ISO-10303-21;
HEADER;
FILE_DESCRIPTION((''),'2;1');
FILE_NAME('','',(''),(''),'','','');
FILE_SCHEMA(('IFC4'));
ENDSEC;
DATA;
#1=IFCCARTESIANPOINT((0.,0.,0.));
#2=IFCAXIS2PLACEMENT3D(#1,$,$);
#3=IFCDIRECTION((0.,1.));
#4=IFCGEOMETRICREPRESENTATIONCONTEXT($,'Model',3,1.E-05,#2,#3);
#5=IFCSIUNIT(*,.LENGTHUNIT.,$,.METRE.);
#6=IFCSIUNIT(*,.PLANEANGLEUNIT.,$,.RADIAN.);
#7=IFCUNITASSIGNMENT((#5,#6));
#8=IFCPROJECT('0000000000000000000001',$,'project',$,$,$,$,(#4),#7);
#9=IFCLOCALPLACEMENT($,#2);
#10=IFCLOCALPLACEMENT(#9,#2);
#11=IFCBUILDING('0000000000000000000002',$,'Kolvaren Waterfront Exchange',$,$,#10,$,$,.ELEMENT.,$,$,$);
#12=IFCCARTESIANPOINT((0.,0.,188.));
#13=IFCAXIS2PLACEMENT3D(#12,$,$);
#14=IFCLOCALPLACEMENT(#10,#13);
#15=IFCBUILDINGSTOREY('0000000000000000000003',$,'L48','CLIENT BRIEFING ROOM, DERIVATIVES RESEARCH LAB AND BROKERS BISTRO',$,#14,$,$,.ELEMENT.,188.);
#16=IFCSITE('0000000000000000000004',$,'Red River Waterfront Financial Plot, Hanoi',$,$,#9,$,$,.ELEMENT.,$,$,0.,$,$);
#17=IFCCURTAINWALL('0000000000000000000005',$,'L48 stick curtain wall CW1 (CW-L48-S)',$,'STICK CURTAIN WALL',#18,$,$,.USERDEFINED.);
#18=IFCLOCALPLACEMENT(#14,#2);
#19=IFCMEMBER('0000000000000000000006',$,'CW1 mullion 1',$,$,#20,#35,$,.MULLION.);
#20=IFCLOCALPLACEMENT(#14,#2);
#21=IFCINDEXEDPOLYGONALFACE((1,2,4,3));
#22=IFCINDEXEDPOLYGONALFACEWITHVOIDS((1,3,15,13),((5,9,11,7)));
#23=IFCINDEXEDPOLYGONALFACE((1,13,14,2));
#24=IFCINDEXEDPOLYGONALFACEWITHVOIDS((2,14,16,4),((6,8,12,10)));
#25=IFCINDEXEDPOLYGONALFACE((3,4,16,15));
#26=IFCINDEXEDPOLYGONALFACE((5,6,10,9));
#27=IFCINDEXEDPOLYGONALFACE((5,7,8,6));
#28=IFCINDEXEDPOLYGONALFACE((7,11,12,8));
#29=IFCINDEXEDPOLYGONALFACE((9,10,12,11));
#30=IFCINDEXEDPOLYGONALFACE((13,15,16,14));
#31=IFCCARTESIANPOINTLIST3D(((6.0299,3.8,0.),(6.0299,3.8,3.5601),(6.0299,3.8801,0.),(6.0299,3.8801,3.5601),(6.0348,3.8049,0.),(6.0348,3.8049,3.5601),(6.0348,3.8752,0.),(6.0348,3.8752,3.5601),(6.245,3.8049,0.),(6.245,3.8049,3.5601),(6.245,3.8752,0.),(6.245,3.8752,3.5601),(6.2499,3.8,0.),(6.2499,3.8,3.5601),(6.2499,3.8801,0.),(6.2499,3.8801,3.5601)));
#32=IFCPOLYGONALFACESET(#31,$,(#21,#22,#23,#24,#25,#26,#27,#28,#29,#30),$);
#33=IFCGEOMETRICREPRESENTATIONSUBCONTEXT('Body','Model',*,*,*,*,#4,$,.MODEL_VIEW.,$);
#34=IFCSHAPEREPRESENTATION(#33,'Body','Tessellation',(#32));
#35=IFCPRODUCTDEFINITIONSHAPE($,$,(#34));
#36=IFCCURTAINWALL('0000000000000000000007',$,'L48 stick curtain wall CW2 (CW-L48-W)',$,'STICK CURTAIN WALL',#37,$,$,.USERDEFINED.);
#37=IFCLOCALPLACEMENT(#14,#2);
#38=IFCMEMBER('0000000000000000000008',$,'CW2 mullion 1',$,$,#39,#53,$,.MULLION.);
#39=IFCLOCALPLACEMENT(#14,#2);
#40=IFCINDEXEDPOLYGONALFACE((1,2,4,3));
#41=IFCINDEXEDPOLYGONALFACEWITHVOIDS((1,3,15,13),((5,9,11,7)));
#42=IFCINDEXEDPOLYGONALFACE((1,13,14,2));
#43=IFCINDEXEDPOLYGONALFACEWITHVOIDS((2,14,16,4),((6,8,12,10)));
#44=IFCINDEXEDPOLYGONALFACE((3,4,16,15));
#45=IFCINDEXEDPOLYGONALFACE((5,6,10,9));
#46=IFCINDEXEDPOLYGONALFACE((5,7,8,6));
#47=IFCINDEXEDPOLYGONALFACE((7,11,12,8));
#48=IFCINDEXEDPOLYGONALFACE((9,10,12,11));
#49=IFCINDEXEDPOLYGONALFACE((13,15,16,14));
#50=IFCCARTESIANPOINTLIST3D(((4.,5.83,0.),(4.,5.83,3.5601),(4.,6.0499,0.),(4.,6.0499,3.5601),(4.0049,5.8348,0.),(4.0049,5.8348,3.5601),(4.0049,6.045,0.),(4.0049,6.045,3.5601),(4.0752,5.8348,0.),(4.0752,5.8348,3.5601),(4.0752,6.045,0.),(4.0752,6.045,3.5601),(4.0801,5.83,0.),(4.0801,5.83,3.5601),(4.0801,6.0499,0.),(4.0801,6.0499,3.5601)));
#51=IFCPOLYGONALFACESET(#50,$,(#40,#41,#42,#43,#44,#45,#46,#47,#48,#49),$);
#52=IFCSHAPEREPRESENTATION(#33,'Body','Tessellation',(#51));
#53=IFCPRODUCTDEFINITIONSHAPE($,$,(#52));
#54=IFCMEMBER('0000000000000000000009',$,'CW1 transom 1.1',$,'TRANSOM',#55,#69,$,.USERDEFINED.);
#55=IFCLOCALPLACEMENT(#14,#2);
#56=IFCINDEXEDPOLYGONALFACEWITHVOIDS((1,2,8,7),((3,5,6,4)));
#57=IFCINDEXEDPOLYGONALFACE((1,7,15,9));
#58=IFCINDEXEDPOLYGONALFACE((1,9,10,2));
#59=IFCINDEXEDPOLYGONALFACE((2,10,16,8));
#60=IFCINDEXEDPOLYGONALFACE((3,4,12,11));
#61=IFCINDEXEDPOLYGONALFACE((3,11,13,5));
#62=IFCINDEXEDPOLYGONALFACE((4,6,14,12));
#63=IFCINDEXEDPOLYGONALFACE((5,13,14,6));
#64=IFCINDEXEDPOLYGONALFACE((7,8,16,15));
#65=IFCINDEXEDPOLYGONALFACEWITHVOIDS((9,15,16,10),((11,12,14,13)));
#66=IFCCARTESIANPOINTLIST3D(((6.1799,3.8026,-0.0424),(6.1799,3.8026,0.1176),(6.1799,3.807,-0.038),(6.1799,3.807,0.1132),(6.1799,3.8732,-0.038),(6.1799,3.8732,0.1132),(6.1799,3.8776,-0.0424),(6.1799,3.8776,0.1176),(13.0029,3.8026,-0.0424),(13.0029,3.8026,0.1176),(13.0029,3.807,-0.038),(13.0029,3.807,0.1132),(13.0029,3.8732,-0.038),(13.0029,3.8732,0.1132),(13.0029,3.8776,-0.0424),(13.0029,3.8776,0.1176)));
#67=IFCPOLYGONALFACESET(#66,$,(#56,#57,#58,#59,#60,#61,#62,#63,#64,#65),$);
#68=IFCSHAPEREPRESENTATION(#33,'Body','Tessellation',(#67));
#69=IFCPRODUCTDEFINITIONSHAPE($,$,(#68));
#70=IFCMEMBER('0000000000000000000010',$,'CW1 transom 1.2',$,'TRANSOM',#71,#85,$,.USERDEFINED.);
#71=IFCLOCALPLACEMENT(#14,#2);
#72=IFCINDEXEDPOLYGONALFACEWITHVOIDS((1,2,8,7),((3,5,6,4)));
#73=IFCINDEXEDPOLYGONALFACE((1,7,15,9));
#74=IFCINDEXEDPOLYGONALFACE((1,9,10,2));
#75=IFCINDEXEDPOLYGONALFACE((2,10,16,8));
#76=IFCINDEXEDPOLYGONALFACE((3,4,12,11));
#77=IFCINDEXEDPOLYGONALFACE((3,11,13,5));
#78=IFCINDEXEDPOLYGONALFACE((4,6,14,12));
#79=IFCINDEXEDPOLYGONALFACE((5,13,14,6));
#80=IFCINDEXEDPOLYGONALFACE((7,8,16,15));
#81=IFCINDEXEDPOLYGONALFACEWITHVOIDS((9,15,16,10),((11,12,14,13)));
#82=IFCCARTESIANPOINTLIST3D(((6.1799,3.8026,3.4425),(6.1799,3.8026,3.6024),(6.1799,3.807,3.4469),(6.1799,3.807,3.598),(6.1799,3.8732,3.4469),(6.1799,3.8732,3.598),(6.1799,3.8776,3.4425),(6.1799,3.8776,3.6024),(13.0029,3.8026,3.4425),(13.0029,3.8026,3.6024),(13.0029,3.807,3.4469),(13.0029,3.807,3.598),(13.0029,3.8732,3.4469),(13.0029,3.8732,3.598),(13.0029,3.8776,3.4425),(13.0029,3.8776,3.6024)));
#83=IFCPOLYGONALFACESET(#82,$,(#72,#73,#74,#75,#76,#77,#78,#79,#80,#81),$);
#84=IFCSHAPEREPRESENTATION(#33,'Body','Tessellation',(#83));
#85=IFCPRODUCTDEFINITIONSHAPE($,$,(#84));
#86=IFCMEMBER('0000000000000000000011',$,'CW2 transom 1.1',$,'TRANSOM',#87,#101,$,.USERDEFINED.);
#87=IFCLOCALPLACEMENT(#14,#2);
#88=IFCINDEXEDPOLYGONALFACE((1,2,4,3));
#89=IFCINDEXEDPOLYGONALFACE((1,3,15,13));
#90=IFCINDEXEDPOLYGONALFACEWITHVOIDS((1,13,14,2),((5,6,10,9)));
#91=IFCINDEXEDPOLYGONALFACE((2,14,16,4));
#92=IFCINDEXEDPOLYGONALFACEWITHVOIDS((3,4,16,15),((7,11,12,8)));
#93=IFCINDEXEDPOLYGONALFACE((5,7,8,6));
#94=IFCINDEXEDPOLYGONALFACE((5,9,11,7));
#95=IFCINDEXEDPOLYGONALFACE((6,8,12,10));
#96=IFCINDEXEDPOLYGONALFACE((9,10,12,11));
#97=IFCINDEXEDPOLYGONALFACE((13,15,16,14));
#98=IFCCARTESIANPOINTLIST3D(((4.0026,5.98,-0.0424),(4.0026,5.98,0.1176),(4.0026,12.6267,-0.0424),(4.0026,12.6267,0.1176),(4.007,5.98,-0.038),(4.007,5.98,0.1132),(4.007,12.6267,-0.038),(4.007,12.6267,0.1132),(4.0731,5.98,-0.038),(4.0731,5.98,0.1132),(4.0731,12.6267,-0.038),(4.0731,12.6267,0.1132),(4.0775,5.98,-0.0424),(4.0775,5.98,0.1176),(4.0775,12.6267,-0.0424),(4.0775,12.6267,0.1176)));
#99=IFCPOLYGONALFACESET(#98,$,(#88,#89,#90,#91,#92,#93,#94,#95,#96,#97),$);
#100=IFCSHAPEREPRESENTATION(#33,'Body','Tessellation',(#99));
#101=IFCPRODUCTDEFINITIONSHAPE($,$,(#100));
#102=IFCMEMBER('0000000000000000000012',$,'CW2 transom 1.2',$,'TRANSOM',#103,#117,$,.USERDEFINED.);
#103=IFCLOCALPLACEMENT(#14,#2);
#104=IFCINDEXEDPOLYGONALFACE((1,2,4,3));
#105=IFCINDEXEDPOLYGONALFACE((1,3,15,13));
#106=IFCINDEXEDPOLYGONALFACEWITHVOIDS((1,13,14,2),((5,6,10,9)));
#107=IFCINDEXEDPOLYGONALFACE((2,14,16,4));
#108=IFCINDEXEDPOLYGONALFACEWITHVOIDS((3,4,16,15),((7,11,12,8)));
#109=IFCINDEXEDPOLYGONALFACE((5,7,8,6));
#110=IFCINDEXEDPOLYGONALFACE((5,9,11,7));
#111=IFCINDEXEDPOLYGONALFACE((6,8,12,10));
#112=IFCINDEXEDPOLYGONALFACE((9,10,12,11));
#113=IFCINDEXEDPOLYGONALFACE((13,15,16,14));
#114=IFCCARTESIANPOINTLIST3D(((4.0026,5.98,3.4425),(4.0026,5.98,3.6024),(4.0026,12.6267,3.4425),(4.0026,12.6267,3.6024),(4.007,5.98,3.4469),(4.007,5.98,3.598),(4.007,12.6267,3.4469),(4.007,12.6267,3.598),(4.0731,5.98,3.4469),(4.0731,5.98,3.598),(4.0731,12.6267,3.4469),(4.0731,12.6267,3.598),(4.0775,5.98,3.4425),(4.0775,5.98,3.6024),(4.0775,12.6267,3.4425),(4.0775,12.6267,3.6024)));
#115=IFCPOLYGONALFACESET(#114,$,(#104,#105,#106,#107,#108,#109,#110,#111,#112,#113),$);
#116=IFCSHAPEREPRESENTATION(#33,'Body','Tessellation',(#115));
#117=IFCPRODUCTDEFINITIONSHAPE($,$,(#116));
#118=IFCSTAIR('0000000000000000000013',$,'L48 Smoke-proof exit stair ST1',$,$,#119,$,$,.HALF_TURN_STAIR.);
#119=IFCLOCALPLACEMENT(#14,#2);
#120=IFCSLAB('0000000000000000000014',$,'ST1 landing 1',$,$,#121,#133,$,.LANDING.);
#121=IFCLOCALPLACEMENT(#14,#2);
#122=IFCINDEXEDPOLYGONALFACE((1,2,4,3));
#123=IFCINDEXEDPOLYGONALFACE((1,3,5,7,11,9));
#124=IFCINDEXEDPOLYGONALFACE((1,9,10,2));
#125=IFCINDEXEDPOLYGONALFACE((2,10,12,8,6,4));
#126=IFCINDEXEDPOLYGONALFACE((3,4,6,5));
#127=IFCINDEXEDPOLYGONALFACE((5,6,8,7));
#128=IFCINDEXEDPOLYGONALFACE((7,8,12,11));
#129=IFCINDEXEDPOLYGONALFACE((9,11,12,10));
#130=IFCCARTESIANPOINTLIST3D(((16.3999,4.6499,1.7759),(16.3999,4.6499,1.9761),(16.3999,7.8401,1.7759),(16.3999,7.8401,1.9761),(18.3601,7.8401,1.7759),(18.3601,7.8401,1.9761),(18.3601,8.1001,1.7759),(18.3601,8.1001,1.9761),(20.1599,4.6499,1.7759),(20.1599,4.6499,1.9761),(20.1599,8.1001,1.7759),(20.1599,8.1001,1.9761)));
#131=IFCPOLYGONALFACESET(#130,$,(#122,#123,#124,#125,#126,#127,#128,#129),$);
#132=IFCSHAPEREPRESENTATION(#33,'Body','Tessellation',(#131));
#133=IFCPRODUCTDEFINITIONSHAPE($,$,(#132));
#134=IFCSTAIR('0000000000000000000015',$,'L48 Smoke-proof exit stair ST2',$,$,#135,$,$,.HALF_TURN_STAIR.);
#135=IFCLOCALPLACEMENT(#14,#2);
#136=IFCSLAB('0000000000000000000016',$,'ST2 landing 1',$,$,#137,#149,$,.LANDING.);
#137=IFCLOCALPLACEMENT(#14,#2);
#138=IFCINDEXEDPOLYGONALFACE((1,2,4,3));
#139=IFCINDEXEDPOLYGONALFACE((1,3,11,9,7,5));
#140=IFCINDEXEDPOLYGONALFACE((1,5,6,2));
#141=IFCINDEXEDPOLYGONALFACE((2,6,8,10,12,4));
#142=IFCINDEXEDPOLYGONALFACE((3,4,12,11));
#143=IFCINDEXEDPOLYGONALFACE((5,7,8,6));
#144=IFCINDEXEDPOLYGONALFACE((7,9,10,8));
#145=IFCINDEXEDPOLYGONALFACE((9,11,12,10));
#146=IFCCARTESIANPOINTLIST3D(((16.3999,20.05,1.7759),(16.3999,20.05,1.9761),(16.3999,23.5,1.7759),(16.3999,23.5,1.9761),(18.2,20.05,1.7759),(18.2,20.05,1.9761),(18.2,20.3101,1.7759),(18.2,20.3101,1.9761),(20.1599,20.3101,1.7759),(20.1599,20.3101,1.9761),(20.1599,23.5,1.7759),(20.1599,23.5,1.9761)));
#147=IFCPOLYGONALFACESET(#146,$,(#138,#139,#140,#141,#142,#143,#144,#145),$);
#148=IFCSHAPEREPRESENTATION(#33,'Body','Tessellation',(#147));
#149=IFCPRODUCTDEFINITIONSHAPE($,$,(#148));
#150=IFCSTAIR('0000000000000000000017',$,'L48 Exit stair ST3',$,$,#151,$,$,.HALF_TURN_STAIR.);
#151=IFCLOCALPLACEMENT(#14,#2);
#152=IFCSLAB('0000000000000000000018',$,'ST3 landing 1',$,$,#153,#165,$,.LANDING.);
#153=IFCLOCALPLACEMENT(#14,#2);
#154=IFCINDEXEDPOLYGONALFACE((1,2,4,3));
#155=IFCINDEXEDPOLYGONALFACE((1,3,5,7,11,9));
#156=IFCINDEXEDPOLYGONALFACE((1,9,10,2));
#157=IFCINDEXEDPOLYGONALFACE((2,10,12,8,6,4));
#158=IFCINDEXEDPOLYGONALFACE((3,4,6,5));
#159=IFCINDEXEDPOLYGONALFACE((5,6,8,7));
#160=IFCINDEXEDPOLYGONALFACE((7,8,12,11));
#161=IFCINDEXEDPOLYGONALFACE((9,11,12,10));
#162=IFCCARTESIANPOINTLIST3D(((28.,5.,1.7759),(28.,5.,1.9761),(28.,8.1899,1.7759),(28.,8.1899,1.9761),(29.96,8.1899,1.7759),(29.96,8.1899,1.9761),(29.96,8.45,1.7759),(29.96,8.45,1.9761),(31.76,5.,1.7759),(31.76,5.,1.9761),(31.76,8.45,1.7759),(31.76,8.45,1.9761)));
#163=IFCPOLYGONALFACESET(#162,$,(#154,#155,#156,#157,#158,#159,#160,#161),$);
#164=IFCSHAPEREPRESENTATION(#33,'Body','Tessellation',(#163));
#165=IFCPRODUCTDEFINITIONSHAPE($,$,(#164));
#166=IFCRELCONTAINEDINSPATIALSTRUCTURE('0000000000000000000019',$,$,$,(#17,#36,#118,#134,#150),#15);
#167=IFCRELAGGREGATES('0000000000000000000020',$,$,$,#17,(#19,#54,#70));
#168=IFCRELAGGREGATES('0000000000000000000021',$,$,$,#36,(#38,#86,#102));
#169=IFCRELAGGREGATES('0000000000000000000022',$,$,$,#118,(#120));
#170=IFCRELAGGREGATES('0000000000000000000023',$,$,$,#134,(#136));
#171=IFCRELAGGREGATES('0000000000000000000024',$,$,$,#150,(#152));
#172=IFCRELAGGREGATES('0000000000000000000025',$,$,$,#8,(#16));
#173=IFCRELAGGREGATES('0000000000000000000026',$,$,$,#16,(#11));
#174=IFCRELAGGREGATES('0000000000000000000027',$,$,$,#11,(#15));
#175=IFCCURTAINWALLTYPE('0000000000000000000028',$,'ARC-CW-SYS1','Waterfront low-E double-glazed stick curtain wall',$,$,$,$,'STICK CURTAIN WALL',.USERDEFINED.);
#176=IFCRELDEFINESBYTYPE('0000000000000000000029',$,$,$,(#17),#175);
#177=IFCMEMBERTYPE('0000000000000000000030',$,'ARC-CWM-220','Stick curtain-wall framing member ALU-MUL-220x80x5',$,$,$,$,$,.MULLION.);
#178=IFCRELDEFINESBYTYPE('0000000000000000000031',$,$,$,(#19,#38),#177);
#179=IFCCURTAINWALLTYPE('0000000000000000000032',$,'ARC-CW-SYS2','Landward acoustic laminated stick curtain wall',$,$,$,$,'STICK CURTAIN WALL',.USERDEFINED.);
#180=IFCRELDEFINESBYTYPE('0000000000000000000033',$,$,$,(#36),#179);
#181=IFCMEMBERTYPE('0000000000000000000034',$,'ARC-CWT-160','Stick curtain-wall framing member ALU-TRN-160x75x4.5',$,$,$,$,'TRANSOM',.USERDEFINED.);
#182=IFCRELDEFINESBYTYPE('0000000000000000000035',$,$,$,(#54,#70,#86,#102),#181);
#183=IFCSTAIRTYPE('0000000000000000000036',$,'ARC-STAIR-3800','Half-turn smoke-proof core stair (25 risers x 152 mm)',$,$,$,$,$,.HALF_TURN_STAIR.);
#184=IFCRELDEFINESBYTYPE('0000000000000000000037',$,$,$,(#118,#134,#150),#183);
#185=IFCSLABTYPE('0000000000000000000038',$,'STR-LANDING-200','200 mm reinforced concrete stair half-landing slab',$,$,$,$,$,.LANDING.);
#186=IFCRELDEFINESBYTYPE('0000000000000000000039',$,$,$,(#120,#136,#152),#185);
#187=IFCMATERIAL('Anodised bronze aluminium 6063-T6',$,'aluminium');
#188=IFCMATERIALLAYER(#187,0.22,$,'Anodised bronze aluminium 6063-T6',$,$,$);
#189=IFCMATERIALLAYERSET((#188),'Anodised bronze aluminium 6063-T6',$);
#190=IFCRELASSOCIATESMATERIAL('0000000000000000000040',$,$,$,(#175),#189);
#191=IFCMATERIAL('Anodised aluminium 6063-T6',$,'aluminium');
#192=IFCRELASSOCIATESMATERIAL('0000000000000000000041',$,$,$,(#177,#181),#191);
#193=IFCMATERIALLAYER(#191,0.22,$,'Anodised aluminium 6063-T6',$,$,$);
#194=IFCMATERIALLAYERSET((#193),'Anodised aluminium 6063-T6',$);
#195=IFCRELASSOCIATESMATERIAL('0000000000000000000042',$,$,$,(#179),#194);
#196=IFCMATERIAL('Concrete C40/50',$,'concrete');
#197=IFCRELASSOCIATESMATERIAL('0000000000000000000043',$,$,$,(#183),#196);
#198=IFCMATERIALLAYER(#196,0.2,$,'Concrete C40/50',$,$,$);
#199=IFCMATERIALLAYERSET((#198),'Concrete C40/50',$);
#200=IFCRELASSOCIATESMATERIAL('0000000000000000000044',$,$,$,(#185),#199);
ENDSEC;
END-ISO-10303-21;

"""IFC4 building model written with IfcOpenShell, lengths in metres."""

from ifc_helpers import new_model, si_unit, direction, frame, origin, origin_with_axes, origin_2d, place, context, subcontext, project, spatial, polyline, hollow_rectangle, outline, extrude, source, transform, mapped, material, layer, layer_set, material_profile, profile_set, type_object, element, aggregate, save


model = new_model("IFC4")

# Units and contexts
model_context = context("Model", 3, precision=1e-05, world=origin(), true_north=direction((0.0, 1.0)))
body_context = subcontext(model_context, "Body", "Model", "MODEL_VIEW")
ifc_project = project(units=[si_unit("LENGTHUNIT", "METRE"), si_unit("PLANEANGLEUNIT", "RADIAN")], contexts=[model_context])

# Site, building, storey
site_placement = place(None, origin())
site = spatial("IfcSite", under=ifc_project, at=site_placement, Name="Red River Waterfront Financial Plot, Hanoi", CompositionType="ELEMENT", RefElevation=0.0)
building_placement = place(site_placement, origin())
building = spatial("IfcBuilding", under=site, at=building_placement, Name="Kolvaren Waterfront Exchange", CompositionType="ELEMENT")
storey_placement = place(building_placement, frame((0.0, 0.0, 188.0)))
storey = spatial("IfcBuildingStorey", under=building, at=storey_placement, Name="L48", Description="CLIENT BRIEFING ROOM, DERIVATIVES RESEARCH LAB AND BROKERS BISTRO", CompositionType="ELEMENT", Elevation=188.0)

# Curtain walls, members
ifc_material_1 = material(Name="Anodised bronze aluminium 6063-T6", Category="aluminium")
ifc_layer_1 = layer(ifc_material_1, 0.22, Name="Anodised bronze aluminium 6063-T6")
ifc_layer_set_1 = layer_set([ifc_layer_1], Name="Anodised bronze aluminium 6063-T6")
curtain_wall_type_1 = type_object("IfcCurtainWallType", Name="ARC-CW-SYS1", Description="Waterfront low-E double-glazed stick curtain wall", ElementType="STICK CURTAIN WALL", PredefinedType="USERDEFINED", material=ifc_layer_set_1)
curtain_wall_1_placement = place(storey_placement, origin())
curtain_wall_1 = element("IfcCurtainWall", 1, at=curtain_wall_1_placement, inside=storey, type_object=curtain_wall_type_1, Name="L48 stick curtain wall CW1 (CW-L48-S)", ObjectType="STICK CURTAIN WALL", PredefinedType="USERDEFINED")
ifc_material_2 = material(Name="Anodised aluminium 6063-T6", Category="aluminium")
ifc_material_profile_1 = material_profile(ifc_material_2, hollow_rectangle(XDim=0.0801, YDim=0.22, WallThickness=0.0049, at=origin_2d()), Name="ALU-MUL-220x80x5")
ifc_profile_set_1 = profile_set([ifc_material_profile_1], Name="Anodised aluminium 6063-T6")
member_type_1 = type_object("IfcMemberType", Name="ARC-CWM-220", Description="Stick curtain-wall framing member ALU-MUL-220x80x5", PredefinedType="MULLION", material=ifc_profile_set_1)
shared_shape_1 = source(origin_with_axes(), body_context, "Body", "SweptSolid", [
    extrude(hollow_rectangle(XDim=0.0801, YDim=0.22, WallThickness=0.0049, at=origin_2d()), origin(), (0.0, 0.0, 1.0), 3.5601),
])
member_1_placement = place(storey_placement, frame((6.1399, 3.8401, 0.0), z_axis=(0.0, 0.0, 1.0), x_axis=(0.0, 1.0, 0.0)))
member_1 = element("IfcMember", 2, at=member_1_placement, type_object=member_type_1, Name="CW1 mullion 1", PredefinedType="MULLION", context=body_context, shape_type="MappedRepresentation", body=[
    mapped(shared_shape_1, transform((0.0, 0.0, 0.0), x_axis=(1.0, 0.0, 0.0), y_axis=(0.0, 1.0, 0.0), z_axis=(0.0, 0.0, 1.0), scale=1.0)),
])
ifc_layer_2 = layer(ifc_material_2, 0.22, Name="Anodised aluminium 6063-T6")
ifc_layer_set_2 = layer_set([ifc_layer_2], Name="Anodised aluminium 6063-T6")
curtain_wall_type_2 = type_object("IfcCurtainWallType", Name="ARC-CW-SYS2", Description="Landward acoustic laminated stick curtain wall", ElementType="STICK CURTAIN WALL", PredefinedType="USERDEFINED", material=ifc_layer_set_2)
curtain_wall_2_placement = place(storey_placement, origin())
curtain_wall_2 = element("IfcCurtainWall", 3, at=curtain_wall_2_placement, inside=storey, type_object=curtain_wall_type_2, Name="L48 stick curtain wall CW2 (CW-L48-W)", ObjectType="STICK CURTAIN WALL", PredefinedType="USERDEFINED")
member_2_placement = place(storey_placement, frame((4.04, 5.9399, 0.0), z_axis=(0.0, 0.0, 1.0), x_axis=(-1.0, 0.0, 0.0)))
member_2 = element("IfcMember", 4, at=member_2_placement, type_object=member_type_1, Name="CW2 mullion 1", PredefinedType="MULLION", context=body_context, shape_type="MappedRepresentation", body=[
    mapped(shared_shape_1, transform((0.0, 0.0, 0.0), x_axis=(1.0, 0.0, 0.0), y_axis=(0.0, 1.0, 0.0), z_axis=(0.0, 0.0, 1.0), scale=1.0)),
])

# Members
ifc_material_profile_2 = material_profile(ifc_material_2, hollow_rectangle(XDim=0.075, YDim=0.1599, WallThickness=0.0044, at=origin_2d()), Name="ALU-TRN-160x75x4.5")
ifc_profile_set_2 = profile_set([ifc_material_profile_2], Name="Anodised aluminium 6063-T6")
member_type_2 = type_object("IfcMemberType", Name="ARC-CWT-160", Description="Stick curtain-wall framing member ALU-TRN-160x75x4.5", ElementType="TRANSOM", PredefinedType="USERDEFINED", material=ifc_profile_set_2)
shared_shape_2 = source(origin_with_axes(), body_context, "Body", "SweptSolid", [
    extrude(hollow_rectangle(XDim=0.075, YDim=0.1599, WallThickness=0.0044, at=origin_2d()), origin(), (0.0, 0.0, 1.0), 6.823),
])
member_3_placement = place(storey_placement, frame((6.1799, 3.8401, 0.0376), z_axis=(1.0, 0.0, 0.0), x_axis=(0.0, 1.0, 0.0)))
member_3 = element("IfcMember", 5, at=member_3_placement, type_object=member_type_2, Name="CW1 transom 1.1", ObjectType="TRANSOM", PredefinedType="USERDEFINED", context=body_context, shape_type="MappedRepresentation", body=[
    mapped(shared_shape_2, transform((0.0, 0.0, 0.0), x_axis=(1.0, 0.0, 0.0), y_axis=(0.0, 1.0, 0.0), z_axis=(0.0, 0.0, 1.0), scale=1.0)),
])
member_4_placement = place(storey_placement, frame((6.1799, 3.8401, 3.5225), z_axis=(1.0, 0.0, 0.0), x_axis=(0.0, 1.0, 0.0)))
member_4 = element("IfcMember", 6, at=member_4_placement, type_object=member_type_2, Name="CW1 transom 1.2", ObjectType="TRANSOM", PredefinedType="USERDEFINED", context=body_context, shape_type="MappedRepresentation", body=[
    mapped(shared_shape_2, transform((0.0, 0.0, 0.0), x_axis=(1.0, 0.0, 0.0), y_axis=(0.0, 1.0, 0.0), z_axis=(0.0, 0.0, 1.0), scale=1.0)),
])
aggregate(curtain_wall_1, [member_1, member_3, member_4])
shared_shape_3 = source(origin_with_axes(), body_context, "Body", "SweptSolid", [
    extrude(hollow_rectangle(XDim=0.075, YDim=0.1599, WallThickness=0.0044, at=origin_2d()), origin(), (0.0, 0.0, 1.0), 6.6467),
])
member_5_placement = place(storey_placement, frame((4.04, 5.98, 0.0376), z_axis=(0.0, 1.0, 0.0), x_axis=(-1.0, 0.0, 0.0)))
member_5 = element("IfcMember", 7, at=member_5_placement, type_object=member_type_2, Name="CW2 transom 1.1", ObjectType="TRANSOM", PredefinedType="USERDEFINED", context=body_context, shape_type="MappedRepresentation", body=[
    mapped(shared_shape_3, transform((0.0, 0.0, 0.0), x_axis=(1.0, 0.0, 0.0), y_axis=(0.0, 1.0, 0.0), z_axis=(0.0, 0.0, 1.0), scale=1.0)),
])
member_6_placement = place(storey_placement, frame((4.04, 5.98, 3.5225), z_axis=(0.0, 1.0, 0.0), x_axis=(-1.0, 0.0, 0.0)))
member_6 = element("IfcMember", 8, at=member_6_placement, type_object=member_type_2, Name="CW2 transom 1.2", ObjectType="TRANSOM", PredefinedType="USERDEFINED", context=body_context, shape_type="MappedRepresentation", body=[
    mapped(shared_shape_3, transform((0.0, 0.0, 0.0), x_axis=(1.0, 0.0, 0.0), y_axis=(0.0, 1.0, 0.0), z_axis=(0.0, 0.0, 1.0), scale=1.0)),
])
aggregate(curtain_wall_2, [member_2, member_5, member_6])

# Stairs, slabs
ifc_material_3 = material(Name="Concrete C40/50", Category="concrete")
stair_type = type_object("IfcStairType", Name="ARC-STAIR-3800", Description="Half-turn smoke-proof core stair (25 risers x 152 mm)", PredefinedType="HALF_TURN_STAIR", material=ifc_material_3)
stair_1_placement = place(storey_placement, origin())
stair_1 = element("IfcStair", 9, at=stair_1_placement, inside=storey, type_object=stair_type, Name="L48 Smoke-proof exit stair ST1", PredefinedType="HALF_TURN_STAIR")
ifc_layer_3 = layer(ifc_material_3, 0.2, Name="Concrete C40/50")
ifc_layer_set_3 = layer_set([ifc_layer_3], Name="Concrete C40/50")
slab_type_1 = type_object("IfcSlabType", Name="STR-LANDING-200", Description="200 mm reinforced concrete stair half-landing slab", PredefinedType="LANDING", material=ifc_layer_set_3)
slab_1_placement = place(storey_placement, frame((0.0, 0.0, 1.7759)))
slab_1 = element("IfcSlab", 10, at=slab_1_placement, type_object=slab_type_1, Name="ST1 landing 1", PredefinedType="LANDING", context=body_context, shape_type="SweptSolid", body=[
    extrude(outline(polyline([(16.3999, 7.8401), (16.3999, 4.6499), (20.1599, 4.6499), (20.1599, 8.1001), (18.3601, 8.1001), (18.3601, 7.8401), (16.3999, 7.8401)])), origin(), (0.0, 0.0, 1.0), 0.2002),
])
aggregate(stair_1, [slab_1])
stair_2_placement = place(storey_placement, origin())
stair_2 = element("IfcStair", 11, at=stair_2_placement, inside=storey, type_object=stair_type, Name="L48 Smoke-proof exit stair ST2", PredefinedType="HALF_TURN_STAIR")
slab_2_placement = place(storey_placement, frame((0.0, 0.0, 1.7759)))
slab_2 = element("IfcSlab", 12, at=slab_2_placement, type_object=slab_type_1, Name="ST2 landing 1", PredefinedType="LANDING", context=body_context, shape_type="SweptSolid", body=[
    extrude(outline(polyline([(20.1599, 20.3101), (20.1599, 23.5), (16.3999, 23.5), (16.3999, 20.05), (18.2, 20.05), (18.2, 20.3101), (20.1599, 20.3101)])), origin(), (0.0, 0.0, 1.0), 0.2002),
])
aggregate(stair_2, [slab_2])
stair_3_placement = place(storey_placement, origin())
stair_3 = element("IfcStair", 13, at=stair_3_placement, inside=storey, type_object=stair_type, Name="L48 Exit stair ST3", PredefinedType="HALF_TURN_STAIR")
slab_3_placement = place(storey_placement, frame((0.0, 0.0, 1.7759)))
slab_3 = element("IfcSlab", 14, at=slab_3_placement, type_object=slab_type_1, Name="ST3 landing 1", PredefinedType="LANDING", context=body_context, shape_type="SweptSolid", body=[
    extrude(outline(polyline([(28.0, 8.1899), (28.0, 5.0), (31.76, 5.0), (31.76, 8.45), (29.96, 8.45), (29.96, 8.1899), (28.0, 8.1899)])), origin(), (0.0, 0.0, 1.0), 0.2002),
])
aggregate(stair_3, [slab_3])

save(model, "model.ifc")
